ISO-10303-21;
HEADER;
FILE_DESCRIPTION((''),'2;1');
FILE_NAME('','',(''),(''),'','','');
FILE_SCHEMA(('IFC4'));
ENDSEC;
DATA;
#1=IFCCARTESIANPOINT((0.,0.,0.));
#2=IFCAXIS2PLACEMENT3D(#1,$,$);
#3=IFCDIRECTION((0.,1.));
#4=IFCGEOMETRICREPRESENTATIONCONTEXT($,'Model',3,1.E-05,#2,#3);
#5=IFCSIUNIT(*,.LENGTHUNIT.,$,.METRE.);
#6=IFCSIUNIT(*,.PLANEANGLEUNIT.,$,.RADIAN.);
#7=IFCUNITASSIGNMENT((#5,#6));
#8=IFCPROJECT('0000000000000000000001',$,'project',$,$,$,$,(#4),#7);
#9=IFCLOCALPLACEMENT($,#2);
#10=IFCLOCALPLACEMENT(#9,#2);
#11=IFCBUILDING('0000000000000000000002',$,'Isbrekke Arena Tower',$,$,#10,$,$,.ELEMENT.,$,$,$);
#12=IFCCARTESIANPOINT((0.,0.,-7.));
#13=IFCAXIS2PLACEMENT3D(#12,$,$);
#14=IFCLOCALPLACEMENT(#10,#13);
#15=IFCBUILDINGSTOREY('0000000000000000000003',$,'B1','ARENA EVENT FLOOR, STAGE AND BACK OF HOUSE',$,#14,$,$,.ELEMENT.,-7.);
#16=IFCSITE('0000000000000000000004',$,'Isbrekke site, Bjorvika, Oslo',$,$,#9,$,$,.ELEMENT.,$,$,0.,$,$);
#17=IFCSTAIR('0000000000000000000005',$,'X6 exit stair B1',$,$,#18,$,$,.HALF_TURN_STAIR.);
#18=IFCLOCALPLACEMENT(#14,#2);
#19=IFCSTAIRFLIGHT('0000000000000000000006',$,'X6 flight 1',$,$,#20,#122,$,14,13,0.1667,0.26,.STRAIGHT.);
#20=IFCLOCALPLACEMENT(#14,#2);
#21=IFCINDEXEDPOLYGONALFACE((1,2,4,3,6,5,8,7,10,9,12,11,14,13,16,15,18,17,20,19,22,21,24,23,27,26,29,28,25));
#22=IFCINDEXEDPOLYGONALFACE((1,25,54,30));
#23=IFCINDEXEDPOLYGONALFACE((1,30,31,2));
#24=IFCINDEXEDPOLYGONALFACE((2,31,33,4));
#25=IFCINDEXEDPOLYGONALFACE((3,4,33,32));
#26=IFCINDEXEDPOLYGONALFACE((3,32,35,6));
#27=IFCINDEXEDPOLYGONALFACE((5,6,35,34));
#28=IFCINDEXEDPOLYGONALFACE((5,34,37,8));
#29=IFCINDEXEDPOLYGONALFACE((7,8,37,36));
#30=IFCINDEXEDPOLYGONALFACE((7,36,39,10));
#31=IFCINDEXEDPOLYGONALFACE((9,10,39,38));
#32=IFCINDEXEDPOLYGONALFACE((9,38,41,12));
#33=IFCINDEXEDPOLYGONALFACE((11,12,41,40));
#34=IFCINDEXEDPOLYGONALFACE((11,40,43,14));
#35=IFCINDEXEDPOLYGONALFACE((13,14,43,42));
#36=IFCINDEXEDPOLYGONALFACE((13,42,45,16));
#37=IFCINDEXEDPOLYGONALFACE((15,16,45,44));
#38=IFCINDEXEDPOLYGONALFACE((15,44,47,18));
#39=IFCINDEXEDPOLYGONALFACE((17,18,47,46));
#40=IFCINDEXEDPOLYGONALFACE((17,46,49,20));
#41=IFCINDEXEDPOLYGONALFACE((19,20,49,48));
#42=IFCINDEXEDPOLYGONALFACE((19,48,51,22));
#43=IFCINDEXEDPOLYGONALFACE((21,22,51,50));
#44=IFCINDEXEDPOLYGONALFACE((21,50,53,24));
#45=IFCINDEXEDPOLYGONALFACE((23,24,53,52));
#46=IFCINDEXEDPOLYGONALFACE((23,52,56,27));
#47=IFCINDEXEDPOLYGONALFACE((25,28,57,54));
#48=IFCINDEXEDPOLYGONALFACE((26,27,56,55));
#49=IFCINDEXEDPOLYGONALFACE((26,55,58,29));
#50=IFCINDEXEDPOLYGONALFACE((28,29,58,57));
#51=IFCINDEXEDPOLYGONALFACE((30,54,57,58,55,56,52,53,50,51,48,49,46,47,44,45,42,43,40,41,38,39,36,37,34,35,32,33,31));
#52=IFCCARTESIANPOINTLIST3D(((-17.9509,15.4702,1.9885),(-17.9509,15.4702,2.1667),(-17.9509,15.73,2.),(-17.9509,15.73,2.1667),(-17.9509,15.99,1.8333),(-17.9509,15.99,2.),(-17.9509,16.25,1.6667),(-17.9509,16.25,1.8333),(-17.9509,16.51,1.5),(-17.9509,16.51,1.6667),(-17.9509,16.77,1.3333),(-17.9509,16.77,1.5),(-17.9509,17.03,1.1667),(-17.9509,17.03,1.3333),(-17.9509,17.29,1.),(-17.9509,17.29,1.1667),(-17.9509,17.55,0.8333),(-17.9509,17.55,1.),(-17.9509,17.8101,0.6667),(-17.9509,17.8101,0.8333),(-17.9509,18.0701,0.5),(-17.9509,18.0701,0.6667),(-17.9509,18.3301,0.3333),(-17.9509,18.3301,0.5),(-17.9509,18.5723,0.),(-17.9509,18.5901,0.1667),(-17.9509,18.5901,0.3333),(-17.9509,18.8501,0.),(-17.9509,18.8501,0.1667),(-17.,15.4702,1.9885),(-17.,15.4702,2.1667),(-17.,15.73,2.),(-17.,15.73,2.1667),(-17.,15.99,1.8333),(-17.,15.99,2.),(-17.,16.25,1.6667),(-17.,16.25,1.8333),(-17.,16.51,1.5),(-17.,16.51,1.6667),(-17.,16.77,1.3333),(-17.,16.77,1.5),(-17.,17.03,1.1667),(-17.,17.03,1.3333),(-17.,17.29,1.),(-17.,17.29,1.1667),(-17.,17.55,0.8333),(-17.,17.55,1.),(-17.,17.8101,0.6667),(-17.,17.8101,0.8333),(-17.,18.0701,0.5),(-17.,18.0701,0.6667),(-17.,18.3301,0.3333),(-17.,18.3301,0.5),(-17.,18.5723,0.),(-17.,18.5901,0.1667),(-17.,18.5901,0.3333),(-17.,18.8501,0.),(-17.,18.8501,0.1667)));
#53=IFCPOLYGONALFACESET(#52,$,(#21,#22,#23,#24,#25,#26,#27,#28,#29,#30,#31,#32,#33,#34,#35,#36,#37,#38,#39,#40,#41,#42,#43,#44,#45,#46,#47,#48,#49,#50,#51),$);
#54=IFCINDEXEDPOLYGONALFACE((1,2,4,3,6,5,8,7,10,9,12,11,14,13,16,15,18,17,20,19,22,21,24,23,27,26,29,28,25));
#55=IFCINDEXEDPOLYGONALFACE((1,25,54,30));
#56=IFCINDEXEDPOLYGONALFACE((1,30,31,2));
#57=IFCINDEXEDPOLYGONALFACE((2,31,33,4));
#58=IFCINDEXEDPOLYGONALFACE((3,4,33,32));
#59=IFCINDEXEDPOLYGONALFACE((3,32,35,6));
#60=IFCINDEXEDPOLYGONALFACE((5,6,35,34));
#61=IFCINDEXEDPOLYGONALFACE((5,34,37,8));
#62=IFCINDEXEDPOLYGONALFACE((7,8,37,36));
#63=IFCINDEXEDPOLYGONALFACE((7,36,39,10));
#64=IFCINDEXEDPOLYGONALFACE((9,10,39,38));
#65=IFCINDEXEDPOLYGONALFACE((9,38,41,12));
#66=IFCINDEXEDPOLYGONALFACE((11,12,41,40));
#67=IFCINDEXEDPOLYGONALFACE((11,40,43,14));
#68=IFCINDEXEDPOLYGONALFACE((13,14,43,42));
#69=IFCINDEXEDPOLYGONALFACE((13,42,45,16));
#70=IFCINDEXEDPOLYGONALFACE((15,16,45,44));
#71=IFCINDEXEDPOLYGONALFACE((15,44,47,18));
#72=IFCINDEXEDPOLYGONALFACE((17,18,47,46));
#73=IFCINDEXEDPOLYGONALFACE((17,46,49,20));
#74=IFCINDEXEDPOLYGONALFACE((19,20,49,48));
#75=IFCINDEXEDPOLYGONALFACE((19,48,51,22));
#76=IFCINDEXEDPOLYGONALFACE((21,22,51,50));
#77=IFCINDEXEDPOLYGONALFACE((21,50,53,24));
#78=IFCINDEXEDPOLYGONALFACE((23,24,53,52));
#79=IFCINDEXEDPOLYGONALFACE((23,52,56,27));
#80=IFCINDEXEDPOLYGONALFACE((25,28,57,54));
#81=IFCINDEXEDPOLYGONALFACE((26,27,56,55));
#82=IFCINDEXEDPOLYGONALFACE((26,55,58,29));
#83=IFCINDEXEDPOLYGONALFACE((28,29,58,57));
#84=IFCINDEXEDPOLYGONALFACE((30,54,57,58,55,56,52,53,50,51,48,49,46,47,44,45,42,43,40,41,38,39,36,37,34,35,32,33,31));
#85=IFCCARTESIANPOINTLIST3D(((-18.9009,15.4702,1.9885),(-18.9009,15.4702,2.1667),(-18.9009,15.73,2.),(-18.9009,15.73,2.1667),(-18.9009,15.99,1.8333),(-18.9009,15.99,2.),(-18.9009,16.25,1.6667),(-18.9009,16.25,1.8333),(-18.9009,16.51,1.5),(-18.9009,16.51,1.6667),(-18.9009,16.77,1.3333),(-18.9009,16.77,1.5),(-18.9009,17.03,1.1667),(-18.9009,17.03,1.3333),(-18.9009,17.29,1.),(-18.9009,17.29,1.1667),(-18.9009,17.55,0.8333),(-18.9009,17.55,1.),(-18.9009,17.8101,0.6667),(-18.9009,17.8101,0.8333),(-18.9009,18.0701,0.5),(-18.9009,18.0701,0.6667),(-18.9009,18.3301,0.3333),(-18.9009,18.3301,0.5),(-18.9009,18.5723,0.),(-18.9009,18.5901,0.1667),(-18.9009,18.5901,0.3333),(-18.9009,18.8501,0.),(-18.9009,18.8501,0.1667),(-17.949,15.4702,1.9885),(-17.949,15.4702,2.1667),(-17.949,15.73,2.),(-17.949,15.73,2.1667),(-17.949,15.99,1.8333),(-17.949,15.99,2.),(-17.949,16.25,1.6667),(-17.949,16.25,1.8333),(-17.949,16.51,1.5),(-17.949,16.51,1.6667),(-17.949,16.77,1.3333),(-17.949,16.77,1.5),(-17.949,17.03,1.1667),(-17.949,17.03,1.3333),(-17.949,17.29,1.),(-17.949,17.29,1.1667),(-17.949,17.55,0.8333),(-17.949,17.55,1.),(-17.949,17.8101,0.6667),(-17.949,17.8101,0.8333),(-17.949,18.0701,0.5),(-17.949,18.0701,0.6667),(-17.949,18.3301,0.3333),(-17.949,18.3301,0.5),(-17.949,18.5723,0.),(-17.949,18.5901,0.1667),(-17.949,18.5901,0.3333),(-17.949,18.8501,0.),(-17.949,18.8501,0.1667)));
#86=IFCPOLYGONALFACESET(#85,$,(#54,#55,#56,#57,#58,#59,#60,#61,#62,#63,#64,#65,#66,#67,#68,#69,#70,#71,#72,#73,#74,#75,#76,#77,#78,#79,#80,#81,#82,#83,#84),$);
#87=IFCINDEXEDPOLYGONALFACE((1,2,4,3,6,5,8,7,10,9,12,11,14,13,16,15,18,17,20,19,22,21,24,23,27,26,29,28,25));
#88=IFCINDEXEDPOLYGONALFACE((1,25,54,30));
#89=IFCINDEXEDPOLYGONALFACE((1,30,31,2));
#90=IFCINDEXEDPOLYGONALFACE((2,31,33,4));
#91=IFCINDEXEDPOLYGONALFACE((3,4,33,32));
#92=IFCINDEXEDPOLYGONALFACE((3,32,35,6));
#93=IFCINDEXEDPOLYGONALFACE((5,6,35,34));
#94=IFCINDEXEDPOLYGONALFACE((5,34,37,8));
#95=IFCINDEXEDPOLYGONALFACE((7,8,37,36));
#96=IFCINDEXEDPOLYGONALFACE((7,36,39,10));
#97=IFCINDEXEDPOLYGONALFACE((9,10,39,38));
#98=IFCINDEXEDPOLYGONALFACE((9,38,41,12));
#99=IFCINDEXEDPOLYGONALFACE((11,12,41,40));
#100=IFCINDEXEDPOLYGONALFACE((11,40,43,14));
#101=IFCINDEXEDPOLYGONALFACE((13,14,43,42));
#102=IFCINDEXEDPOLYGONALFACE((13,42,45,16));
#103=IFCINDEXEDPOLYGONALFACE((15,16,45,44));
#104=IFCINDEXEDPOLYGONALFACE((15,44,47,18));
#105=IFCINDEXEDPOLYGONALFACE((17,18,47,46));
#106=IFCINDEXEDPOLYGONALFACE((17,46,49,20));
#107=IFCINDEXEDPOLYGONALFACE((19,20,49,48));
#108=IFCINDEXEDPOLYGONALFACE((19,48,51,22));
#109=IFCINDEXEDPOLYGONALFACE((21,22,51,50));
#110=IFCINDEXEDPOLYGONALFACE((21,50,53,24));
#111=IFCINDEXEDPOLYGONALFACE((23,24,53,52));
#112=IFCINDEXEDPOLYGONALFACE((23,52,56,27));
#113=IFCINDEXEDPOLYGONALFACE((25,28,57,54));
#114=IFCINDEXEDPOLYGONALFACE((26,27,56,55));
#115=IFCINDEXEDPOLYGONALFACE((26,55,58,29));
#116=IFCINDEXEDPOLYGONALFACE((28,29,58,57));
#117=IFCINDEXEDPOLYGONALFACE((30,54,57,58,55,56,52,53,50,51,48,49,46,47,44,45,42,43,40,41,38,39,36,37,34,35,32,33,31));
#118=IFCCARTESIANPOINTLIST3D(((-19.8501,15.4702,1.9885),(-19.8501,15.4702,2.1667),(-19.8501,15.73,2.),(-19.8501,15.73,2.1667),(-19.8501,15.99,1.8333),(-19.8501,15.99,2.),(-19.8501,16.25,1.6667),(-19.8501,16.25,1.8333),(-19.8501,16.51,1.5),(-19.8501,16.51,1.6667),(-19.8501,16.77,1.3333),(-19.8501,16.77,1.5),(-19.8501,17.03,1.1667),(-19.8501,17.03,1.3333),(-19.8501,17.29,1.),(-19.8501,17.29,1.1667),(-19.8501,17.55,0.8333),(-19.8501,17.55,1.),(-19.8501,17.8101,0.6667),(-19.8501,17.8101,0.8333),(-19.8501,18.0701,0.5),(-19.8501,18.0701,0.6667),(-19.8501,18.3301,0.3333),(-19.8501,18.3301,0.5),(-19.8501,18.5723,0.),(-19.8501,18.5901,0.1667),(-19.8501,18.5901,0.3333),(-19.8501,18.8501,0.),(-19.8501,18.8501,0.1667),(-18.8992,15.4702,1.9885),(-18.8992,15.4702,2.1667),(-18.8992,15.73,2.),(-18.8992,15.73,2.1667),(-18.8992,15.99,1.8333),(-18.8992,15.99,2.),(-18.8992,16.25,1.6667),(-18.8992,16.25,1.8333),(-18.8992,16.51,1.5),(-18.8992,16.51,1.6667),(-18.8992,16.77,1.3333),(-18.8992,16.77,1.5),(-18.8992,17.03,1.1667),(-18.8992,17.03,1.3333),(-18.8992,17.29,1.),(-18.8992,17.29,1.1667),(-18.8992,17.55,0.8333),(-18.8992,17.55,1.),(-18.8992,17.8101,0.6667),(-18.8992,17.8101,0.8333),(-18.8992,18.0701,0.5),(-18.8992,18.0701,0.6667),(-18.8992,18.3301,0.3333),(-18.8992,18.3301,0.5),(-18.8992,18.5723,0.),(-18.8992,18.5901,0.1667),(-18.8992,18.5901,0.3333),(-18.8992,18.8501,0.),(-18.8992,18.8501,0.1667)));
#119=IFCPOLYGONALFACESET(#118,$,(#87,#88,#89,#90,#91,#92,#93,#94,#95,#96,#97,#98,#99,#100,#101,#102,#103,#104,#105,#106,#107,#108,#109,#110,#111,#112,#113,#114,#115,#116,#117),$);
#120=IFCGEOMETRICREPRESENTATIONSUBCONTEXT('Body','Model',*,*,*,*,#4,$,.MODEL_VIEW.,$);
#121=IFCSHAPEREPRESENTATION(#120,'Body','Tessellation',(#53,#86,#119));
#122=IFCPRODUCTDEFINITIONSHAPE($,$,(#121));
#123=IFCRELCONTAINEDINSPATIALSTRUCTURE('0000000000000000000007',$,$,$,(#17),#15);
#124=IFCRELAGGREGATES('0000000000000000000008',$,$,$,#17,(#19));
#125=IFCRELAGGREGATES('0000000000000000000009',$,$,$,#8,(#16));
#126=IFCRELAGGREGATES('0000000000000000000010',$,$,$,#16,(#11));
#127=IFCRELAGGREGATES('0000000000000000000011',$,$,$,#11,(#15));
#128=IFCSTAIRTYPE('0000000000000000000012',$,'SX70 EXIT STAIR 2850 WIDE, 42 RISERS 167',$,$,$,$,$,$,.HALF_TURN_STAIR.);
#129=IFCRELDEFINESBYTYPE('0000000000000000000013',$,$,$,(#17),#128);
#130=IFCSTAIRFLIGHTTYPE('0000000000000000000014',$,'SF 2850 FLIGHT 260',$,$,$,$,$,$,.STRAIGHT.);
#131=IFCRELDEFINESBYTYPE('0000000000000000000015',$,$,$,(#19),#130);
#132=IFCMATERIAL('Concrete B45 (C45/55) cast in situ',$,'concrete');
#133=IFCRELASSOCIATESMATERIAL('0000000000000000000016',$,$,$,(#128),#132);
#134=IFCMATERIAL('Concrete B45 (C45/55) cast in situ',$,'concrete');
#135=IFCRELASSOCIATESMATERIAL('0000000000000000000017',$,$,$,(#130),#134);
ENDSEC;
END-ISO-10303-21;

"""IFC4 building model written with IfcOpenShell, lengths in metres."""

from ifc_helpers import new_model, si_unit, direction, frame, origin, place, context, subcontext, project, spatial, polyline, outline, extrude, material, type_object, element, aggregate, save


model = new_model("IFC4")

# Units and contexts
model_context = context("Model", 3, precision=1e-05, world=origin(), true_north=direction((0.0, 1.0)))
body_context = subcontext(model_context, "Body", "Model", "MODEL_VIEW")
ifc_project = project(units=[si_unit("LENGTHUNIT", "METRE"), si_unit("PLANEANGLEUNIT", "RADIAN")], contexts=[model_context])

# Site, building, storey
site_placement = place(None, origin())
site = spatial("IfcSite", under=ifc_project, at=site_placement, Name="Isbrekke site, Bjorvika, Oslo", CompositionType="ELEMENT", RefElevation=0.0)
building_placement = place(site_placement, origin())
building = spatial("IfcBuilding", under=site, at=building_placement, Name="Isbrekke Arena Tower", CompositionType="ELEMENT")
storey_placement = place(building_placement, frame((0.0, 0.0, -7.0)))
storey = spatial("IfcBuildingStorey", under=building, at=storey_placement, Name="B1", Description="ARENA EVENT FLOOR, STAGE AND BACK OF HOUSE", CompositionType="ELEMENT", Elevation=-7.0)

# Stair, stair flight
ifc_material_1 = material(Name="Concrete B45 (C45/55) cast in situ", Category="concrete")
stair_type_1 = type_object("IfcStairType", Name="SX70 EXIT STAIR 2850 WIDE, 42 RISERS 167", PredefinedType="HALF_TURN_STAIR", material=ifc_material_1)
stair_1_placement = place(storey_placement, origin())
stair_1 = element("IfcStair", 1, at=stair_1_placement, inside=storey, type_object=stair_type_1, Name="X6 exit stair B1", PredefinedType="HALF_TURN_STAIR")
ifc_material_2 = material(Name="Concrete B45 (C45/55) cast in situ", Category="concrete")
stair_flight_type_1 = type_object("IfcStairFlightType", Name="SF 2850 FLIGHT 260", PredefinedType="STRAIGHT", material=ifc_material_2)
stair_flight_1_placement = place(storey_placement, frame((-18.425, 18.8501, 0.0), z_axis=(0.0, 0.0, 1.0), x_axis=(0.0, -1.0, 0.0)))
stair_flight_1 = element("IfcStairFlight", 2, at=stair_flight_1_placement, type_object=stair_flight_type_1, Name="X6 flight 1", NumberOfRisers=14, NumberOfTreads=13, PredefinedType="STRAIGHT", RiserHeight=0.1667, TreadLength=0.26, context=body_context, shape_type="SweptSolid", body=[
    extrude(outline(polyline([(0.0, 0.0), (0.0, 0.1667), (0.26, 0.1667), (0.26, 0.3333), (0.52, 0.3333), (0.52, 0.5), (0.78, 0.5), (0.78, 0.6667), (1.04, 0.6667), (1.04, 0.8333), (1.3, 0.8333), (1.3, 1.0), (1.5601, 1.0), (1.5601, 1.1667), (1.8201, 1.1667), (1.8201, 1.3333), (2.0801, 1.3333), (2.0801, 1.5), (2.3401, 1.5), (2.3401, 1.6667), (2.6001, 1.6667), (2.6001, 1.8333), (2.8601, 1.8333), (2.8601, 2.0), (3.1201, 2.0), (3.1201, 2.1667), (3.3799, 2.1667), (3.3799, 2.3333), (3.3799, 1.9885), (0.2778, 0.0), (0.0, 0.0)])), frame((0.0, 1.425, 0.0), z_axis=(0.0, -1.0, 0.0), x_axis=(1.0, 0.0, 0.0)), (0.0, 0.0, 1.0), 0.9509),
    extrude(outline(polyline([(0.0, 0.0), (0.0, 0.1667), (0.26, 0.1667), (0.26, 0.3333), (0.52, 0.3333), (0.52, 0.5), (0.78, 0.5), (0.78, 0.6667), (1.04, 0.6667), (1.04, 0.8333), (1.3, 0.8333), (1.3, 1.0), (1.5601, 1.0), (1.5601, 1.1667), (1.8201, 1.1667), (1.8201, 1.3333), (2.0801, 1.3333), (2.0801, 1.5), (2.3401, 1.5), (2.3401, 1.6667), (2.6001, 1.6667), (2.6001, 1.8333), (2.8601, 1.8333), (2.8601, 2.0), (3.1201, 2.0), (3.1201, 2.1667), (3.3799, 2.1667), (3.3799, 2.3333), (3.3799, 1.9885), (0.2778, 0.0), (0.0, 0.0)])), frame((0.0, 0.4761, 0.0), z_axis=(0.0, -1.0, 0.0), x_axis=(1.0, 0.0, 0.0)), (0.0, 0.0, 1.0), 0.9519),
    extrude(outline(polyline([(0.0, 0.0), (0.0, 0.1667), (0.26, 0.1667), (0.26, 0.3333), (0.52, 0.3333), (0.52, 0.5), (0.78, 0.5), (0.78, 0.6667), (1.04, 0.6667), (1.04, 0.8333), (1.3, 0.8333), (1.3, 1.0), (1.5601, 1.0), (1.5601, 1.1667), (1.8201, 1.1667), (1.8201, 1.3333), (2.0801, 1.3333), (2.0801, 1.5), (2.3401, 1.5), (2.3401, 1.6667), (2.6001, 1.6667), (2.6001, 1.8333), (2.8601, 1.8333), (2.8601, 2.0), (3.1201, 2.0), (3.1201, 2.1667), (3.3799, 2.1667), (3.3799, 2.3333), (3.3799, 1.9885), (0.2778, 0.0), (0.0, 0.0)])), frame((0.0, -0.4741, 0.0), z_axis=(0.0, -1.0, 0.0), x_axis=(1.0, 0.0, 0.0)), (0.0, 0.0, 1.0), 0.9509),
])
aggregate(stair_1, [stair_flight_1])

save(model, "model.ifc")
